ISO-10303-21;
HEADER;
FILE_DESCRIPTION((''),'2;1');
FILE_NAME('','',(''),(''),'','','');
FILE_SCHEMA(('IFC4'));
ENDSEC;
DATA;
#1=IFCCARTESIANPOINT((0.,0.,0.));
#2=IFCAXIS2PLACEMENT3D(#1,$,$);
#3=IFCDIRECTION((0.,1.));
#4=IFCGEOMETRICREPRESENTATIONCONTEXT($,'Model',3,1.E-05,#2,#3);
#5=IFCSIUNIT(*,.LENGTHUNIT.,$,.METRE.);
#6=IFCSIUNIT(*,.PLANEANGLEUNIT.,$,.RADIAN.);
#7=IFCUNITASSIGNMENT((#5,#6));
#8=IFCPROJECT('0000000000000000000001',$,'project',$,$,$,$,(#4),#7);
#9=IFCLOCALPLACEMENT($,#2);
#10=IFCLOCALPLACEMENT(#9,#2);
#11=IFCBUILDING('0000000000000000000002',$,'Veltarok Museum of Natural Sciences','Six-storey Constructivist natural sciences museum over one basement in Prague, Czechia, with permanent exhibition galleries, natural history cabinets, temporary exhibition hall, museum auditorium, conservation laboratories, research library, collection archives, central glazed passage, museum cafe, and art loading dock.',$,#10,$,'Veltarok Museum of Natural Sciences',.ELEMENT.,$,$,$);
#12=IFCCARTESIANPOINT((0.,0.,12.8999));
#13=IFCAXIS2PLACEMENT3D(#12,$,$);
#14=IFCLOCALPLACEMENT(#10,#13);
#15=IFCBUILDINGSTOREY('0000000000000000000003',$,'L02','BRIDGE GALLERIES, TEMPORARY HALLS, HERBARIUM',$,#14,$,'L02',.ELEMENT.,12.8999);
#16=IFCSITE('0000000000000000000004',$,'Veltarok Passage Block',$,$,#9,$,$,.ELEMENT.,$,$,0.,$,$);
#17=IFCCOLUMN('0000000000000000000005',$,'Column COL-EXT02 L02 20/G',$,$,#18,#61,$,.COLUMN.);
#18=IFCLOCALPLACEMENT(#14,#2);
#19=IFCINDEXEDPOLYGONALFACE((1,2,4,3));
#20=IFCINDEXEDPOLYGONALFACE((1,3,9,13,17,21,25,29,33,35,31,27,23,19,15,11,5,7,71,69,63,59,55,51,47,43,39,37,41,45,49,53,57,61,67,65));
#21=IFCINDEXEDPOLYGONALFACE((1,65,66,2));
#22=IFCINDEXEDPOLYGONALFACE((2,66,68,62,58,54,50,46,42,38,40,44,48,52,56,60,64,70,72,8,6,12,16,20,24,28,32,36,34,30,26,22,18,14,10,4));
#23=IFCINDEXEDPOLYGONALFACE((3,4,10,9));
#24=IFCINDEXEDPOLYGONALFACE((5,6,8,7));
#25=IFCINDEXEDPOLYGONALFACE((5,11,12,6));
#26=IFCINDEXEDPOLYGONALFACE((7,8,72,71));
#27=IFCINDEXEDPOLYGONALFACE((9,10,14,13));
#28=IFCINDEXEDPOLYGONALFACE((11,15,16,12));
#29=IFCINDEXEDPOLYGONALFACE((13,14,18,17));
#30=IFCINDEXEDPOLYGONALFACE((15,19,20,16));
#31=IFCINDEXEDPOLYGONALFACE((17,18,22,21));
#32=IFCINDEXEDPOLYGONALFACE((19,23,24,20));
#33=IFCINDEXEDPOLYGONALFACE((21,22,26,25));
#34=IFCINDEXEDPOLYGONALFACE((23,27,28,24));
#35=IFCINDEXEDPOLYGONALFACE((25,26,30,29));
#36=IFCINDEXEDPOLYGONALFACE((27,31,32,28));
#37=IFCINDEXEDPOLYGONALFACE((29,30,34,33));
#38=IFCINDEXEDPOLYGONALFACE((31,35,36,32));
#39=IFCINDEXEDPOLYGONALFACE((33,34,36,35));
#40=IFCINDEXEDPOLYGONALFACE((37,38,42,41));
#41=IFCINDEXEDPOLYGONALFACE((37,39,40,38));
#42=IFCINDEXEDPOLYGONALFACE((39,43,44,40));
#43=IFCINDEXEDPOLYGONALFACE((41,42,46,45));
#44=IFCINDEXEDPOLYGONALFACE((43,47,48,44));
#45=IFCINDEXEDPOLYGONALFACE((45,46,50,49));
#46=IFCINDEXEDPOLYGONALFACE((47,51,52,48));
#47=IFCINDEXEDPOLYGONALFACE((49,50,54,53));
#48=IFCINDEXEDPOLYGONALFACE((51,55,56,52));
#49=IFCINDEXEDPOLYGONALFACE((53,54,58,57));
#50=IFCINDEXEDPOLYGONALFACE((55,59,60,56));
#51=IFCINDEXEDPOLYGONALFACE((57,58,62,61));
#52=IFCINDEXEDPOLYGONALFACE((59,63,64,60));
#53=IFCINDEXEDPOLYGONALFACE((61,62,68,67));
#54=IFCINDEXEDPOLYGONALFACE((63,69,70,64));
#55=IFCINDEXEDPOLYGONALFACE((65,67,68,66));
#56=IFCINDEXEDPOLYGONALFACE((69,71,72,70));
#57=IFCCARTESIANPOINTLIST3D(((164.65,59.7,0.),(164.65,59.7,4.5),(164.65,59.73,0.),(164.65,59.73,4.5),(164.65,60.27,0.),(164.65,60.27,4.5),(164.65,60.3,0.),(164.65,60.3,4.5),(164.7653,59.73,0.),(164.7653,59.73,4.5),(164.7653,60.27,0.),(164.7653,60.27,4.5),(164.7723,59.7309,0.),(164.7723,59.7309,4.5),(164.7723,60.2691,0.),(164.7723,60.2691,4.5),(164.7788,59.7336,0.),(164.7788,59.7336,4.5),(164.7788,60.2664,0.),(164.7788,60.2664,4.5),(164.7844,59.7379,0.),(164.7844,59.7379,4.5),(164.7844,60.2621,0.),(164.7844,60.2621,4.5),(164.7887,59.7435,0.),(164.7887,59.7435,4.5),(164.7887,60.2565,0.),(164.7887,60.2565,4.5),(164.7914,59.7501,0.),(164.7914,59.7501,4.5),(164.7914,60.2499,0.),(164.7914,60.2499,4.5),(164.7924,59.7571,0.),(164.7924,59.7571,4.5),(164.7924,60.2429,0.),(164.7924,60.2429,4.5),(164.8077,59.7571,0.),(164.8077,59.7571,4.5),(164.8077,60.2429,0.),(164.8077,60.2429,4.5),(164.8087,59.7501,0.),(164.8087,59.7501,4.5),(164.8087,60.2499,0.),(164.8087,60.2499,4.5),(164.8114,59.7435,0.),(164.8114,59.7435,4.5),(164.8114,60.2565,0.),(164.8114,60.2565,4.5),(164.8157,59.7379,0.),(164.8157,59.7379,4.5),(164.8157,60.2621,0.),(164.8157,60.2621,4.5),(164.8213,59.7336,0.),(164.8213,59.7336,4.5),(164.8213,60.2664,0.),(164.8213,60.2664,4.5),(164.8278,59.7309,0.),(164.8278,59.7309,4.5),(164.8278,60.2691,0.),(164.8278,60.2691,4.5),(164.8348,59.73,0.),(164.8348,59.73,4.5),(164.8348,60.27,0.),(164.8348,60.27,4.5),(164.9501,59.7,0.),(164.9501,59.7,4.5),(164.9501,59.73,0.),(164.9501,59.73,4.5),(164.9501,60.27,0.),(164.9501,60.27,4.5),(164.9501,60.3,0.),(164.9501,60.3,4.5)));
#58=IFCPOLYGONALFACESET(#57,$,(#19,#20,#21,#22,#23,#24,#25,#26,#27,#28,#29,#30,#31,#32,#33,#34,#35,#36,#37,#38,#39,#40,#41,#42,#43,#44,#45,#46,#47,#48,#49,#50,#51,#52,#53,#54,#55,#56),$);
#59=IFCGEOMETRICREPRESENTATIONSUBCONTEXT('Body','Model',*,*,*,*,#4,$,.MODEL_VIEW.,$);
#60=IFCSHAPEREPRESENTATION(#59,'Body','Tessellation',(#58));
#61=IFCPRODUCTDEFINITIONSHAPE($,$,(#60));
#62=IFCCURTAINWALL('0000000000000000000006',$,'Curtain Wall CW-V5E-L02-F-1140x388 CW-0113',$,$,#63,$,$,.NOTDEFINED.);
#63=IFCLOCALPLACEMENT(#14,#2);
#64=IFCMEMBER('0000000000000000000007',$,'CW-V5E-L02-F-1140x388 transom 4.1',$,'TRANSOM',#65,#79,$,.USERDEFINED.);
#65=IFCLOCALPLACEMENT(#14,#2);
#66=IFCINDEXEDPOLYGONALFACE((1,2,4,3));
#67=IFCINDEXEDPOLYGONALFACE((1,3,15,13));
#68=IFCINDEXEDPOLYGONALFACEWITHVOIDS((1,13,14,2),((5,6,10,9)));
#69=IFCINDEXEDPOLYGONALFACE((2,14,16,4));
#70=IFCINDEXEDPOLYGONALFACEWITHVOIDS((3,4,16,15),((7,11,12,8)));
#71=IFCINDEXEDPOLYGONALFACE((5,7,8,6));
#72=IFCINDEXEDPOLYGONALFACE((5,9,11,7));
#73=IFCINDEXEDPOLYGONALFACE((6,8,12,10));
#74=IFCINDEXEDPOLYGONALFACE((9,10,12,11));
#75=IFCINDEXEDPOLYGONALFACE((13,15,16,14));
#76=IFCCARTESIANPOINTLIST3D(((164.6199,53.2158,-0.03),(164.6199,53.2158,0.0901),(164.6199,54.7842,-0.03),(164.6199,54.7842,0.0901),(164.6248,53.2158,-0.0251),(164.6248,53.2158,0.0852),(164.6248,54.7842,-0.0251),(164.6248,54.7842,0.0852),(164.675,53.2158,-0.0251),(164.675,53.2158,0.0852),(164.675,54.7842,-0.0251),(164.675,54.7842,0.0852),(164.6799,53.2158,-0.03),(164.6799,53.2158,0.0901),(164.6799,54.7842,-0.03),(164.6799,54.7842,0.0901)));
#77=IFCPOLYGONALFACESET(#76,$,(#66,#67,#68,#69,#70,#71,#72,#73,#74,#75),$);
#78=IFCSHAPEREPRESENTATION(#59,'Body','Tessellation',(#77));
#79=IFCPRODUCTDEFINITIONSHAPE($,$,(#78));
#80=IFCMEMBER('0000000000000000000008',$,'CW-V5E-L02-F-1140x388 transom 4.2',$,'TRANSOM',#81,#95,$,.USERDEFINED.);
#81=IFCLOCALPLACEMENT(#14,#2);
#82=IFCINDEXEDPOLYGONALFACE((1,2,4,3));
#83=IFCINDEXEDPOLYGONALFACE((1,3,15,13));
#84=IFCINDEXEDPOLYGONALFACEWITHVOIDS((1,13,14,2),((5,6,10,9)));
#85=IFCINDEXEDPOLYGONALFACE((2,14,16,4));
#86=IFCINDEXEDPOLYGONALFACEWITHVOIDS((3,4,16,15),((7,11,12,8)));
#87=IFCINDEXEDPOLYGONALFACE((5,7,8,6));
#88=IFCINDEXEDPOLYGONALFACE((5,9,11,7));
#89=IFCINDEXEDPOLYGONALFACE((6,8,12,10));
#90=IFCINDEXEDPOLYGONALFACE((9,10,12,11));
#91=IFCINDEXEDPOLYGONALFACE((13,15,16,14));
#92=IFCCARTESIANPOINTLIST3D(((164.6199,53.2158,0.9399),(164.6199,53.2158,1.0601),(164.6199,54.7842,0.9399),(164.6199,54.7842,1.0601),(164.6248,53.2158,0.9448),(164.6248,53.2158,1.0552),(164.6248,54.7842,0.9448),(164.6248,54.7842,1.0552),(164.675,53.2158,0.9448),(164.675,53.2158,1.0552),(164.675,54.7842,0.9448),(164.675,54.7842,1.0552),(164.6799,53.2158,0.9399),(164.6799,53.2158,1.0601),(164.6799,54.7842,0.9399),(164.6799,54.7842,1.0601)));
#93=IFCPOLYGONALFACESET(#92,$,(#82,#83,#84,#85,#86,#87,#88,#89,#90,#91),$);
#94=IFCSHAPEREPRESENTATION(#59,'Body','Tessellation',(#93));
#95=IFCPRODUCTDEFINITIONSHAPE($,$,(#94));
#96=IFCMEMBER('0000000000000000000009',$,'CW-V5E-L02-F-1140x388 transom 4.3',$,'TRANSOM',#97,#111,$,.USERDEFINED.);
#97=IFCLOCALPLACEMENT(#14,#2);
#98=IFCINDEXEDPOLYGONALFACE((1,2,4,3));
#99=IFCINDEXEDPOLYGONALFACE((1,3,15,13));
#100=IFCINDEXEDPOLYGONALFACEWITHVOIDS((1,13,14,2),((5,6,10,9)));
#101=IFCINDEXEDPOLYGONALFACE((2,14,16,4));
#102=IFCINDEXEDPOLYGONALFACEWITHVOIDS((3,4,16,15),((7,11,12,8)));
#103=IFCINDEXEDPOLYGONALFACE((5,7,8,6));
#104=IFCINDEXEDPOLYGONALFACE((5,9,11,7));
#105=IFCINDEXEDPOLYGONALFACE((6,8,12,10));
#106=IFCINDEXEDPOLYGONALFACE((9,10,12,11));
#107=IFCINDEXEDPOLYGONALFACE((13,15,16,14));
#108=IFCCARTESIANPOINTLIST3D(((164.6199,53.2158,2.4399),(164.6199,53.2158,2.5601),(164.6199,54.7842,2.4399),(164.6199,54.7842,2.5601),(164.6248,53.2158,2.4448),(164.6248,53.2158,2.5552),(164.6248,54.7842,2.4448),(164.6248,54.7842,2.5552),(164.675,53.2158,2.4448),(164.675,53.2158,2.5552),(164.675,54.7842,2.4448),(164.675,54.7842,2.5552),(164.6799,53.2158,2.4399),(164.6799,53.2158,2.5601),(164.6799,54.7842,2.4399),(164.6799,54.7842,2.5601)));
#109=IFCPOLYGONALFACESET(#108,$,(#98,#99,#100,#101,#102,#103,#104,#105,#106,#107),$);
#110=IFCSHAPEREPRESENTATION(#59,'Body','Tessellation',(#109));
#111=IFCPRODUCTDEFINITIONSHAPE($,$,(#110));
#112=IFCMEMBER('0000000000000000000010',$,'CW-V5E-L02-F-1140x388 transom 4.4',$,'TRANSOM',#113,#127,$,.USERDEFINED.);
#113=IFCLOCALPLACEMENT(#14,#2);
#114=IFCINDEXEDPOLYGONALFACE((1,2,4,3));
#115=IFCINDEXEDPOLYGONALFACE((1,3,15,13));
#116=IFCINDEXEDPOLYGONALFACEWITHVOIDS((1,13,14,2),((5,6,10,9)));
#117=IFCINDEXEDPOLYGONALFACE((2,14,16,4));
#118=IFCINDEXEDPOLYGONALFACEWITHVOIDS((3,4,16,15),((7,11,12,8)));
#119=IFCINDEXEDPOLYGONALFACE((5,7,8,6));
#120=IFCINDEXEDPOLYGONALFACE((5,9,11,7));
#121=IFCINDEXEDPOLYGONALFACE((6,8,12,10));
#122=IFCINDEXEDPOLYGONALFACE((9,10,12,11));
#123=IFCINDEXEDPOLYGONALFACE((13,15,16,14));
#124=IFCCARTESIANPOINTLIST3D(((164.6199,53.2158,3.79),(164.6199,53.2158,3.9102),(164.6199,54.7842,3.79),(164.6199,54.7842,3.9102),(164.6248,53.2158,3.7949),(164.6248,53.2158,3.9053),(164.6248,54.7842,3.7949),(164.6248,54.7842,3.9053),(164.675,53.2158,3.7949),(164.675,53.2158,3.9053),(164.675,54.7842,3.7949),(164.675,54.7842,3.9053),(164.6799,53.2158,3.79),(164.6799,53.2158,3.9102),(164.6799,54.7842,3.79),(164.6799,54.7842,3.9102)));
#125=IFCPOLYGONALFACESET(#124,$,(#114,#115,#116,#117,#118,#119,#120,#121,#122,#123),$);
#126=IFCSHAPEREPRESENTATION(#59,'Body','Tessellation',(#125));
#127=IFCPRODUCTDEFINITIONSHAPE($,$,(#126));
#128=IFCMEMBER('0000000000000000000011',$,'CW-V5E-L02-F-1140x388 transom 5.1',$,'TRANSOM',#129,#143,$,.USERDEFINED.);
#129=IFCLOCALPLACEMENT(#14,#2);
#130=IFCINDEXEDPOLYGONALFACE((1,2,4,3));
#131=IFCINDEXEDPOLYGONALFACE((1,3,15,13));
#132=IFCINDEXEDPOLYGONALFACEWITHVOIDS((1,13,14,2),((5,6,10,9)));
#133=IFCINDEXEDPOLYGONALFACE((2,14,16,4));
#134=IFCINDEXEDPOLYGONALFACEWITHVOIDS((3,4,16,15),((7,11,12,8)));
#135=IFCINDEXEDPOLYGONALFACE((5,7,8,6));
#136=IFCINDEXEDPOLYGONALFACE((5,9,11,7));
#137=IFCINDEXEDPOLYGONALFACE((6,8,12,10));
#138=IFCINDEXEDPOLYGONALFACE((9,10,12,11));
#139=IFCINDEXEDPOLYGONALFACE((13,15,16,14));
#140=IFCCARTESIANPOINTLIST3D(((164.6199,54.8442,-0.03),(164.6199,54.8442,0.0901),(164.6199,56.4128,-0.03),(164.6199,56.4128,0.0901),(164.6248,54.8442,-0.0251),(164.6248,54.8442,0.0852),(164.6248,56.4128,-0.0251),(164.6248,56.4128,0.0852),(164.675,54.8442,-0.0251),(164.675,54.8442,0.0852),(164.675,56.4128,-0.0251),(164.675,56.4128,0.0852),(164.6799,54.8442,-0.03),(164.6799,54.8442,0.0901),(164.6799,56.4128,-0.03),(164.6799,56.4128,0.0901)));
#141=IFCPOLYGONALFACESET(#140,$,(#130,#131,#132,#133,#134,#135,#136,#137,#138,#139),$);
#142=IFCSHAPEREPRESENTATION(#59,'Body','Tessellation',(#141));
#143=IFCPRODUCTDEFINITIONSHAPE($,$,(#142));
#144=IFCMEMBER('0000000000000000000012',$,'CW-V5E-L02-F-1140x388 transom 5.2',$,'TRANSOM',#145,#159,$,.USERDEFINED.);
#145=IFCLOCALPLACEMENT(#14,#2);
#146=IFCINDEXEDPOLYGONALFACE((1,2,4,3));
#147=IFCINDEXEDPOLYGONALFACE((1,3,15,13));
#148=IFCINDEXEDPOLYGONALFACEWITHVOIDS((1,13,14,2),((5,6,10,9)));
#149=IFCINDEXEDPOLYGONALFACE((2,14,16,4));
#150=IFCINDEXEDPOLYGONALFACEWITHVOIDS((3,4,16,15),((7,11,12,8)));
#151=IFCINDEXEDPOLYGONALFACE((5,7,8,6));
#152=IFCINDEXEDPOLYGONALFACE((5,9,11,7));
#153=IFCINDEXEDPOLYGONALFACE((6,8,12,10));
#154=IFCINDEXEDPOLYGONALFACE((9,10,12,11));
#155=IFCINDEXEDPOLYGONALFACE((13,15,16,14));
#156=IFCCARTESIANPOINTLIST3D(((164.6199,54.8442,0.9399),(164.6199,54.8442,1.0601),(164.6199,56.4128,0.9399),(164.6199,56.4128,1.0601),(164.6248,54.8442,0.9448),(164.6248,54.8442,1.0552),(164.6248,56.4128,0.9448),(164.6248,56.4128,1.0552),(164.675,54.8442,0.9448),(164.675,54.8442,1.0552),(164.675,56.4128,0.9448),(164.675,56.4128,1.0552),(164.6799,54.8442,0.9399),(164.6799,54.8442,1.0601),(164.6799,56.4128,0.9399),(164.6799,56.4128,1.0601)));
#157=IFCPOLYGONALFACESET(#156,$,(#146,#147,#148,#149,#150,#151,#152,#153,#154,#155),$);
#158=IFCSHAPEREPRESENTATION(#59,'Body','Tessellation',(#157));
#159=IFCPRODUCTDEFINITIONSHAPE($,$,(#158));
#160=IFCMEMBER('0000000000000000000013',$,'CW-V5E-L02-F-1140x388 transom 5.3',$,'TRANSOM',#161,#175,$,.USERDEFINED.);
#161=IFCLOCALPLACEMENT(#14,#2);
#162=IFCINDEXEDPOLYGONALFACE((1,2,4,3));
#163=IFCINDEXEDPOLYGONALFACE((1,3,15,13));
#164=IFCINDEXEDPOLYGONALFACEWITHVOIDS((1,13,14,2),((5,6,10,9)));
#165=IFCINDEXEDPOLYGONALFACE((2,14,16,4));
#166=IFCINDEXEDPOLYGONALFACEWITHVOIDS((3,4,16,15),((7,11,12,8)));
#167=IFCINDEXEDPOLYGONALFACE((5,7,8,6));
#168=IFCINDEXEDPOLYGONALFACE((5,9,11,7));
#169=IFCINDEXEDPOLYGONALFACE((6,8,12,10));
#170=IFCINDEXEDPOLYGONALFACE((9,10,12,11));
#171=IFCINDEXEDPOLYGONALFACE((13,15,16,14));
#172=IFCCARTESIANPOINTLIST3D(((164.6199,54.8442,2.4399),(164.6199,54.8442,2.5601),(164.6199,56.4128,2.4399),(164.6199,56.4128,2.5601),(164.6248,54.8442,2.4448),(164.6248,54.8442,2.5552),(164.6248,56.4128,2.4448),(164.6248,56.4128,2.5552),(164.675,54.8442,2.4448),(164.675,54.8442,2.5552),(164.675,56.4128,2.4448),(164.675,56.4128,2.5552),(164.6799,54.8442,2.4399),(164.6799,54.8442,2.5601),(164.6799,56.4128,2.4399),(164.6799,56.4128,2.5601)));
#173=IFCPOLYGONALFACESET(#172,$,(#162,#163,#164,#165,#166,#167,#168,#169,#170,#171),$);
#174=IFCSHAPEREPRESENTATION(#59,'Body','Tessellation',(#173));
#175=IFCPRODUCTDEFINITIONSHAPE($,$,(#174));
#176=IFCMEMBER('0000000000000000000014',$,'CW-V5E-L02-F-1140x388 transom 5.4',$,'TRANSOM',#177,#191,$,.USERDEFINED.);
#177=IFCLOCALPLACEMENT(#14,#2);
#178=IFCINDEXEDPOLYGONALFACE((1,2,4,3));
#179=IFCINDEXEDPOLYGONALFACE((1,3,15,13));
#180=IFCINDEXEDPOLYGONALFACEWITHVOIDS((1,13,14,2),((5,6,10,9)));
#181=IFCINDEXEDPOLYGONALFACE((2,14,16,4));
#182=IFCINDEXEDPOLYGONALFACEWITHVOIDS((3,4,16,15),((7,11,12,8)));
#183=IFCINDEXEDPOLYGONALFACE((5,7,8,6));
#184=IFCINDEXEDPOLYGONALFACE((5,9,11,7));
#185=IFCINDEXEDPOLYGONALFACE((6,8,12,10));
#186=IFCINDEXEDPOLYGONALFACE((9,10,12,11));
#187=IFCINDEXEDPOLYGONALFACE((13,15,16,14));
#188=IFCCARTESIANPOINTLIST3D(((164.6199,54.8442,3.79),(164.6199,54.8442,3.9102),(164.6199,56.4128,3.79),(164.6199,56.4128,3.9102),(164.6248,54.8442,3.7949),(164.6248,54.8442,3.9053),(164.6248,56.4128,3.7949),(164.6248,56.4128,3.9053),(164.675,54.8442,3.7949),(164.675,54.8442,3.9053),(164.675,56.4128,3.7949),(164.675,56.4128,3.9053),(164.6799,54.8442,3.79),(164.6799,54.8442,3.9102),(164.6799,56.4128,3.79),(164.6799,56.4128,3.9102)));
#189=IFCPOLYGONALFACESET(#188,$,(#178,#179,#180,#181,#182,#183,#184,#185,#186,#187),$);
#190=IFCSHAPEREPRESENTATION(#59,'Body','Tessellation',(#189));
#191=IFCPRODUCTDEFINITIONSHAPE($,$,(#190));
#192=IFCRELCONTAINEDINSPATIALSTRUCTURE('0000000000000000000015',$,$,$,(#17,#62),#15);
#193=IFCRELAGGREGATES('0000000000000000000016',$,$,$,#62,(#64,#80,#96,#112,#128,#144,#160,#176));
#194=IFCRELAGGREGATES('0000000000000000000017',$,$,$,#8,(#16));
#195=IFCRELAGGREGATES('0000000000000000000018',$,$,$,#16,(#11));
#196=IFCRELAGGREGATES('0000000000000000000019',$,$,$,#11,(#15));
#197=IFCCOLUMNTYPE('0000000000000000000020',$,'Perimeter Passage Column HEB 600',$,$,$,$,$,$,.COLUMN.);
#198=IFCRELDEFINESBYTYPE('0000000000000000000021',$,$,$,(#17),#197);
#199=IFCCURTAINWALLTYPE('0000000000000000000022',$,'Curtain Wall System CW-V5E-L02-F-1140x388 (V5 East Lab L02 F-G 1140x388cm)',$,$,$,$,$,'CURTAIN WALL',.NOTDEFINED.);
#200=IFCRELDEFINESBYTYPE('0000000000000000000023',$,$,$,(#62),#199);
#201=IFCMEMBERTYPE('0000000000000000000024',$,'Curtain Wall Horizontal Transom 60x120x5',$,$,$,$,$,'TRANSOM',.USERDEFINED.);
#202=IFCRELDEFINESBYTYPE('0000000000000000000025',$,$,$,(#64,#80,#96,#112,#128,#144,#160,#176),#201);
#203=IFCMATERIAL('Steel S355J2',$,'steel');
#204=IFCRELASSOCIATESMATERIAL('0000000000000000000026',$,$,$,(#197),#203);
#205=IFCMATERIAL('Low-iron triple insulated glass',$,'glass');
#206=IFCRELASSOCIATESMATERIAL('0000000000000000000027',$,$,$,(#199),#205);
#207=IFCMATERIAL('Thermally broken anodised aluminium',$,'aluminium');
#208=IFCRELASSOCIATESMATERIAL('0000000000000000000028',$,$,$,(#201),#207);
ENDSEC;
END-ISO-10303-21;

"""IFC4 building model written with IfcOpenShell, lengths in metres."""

from ifc_helpers import new_model, si_unit, direction, frame, origin, origin_2d, place, context, subcontext, project, spatial, hollow_rectangle, i_section, extrude, material, material_profile, profile_set, type_object, element, aggregate, save


model = new_model("IFC4")

# Units and contexts
model_context = context("Model", 3, precision=1e-05, world=origin(), true_north=direction((0.0, 1.0)))
body_context = subcontext(model_context, "Body", "Model", "MODEL_VIEW")
ifc_project = project(units=[si_unit("LENGTHUNIT", "METRE"), si_unit("PLANEANGLEUNIT", "RADIAN")], contexts=[model_context])

# Site, building, storey
site_placement = place(None, origin())
site = spatial("IfcSite", under=ifc_project, at=site_placement, Name="Veltarok Passage Block", CompositionType="ELEMENT", RefElevation=0.0)
building_placement = place(site_placement, origin())
building = spatial("IfcBuilding", under=site, at=building_placement, Name="Veltarok Museum of Natural Sciences", Description="Six-storey Constructivist natural sciences museum over one basement in Prague, Czechia, with permanent exhibition galleries, natural history cabinets, temporary exhibition hall, museum auditorium, conservation laboratories, research library, collection archives, central glazed passage, museum cafe, and art loading dock.", LongName="Veltarok Museum of Natural Sciences", CompositionType="ELEMENT")
storey_placement = place(building_placement, frame((0.0, 0.0, 12.8999)))
storey = spatial("IfcBuildingStorey", under=building, at=storey_placement, Name="L02", Description="BRIDGE GALLERIES, TEMPORARY HALLS, HERBARIUM", LongName="L02", CompositionType="ELEMENT", Elevation=12.8999)

# Column
ifc_material_1 = material(Name="Steel S355J2", Category="steel")
ifc_material_profile_1 = material_profile(ifc_material_1, i_section(OverallWidth=0.3, OverallDepth=0.6001, WebThickness=0.0154, FlangeThickness=0.03, FilletRadius=0.0271, at=origin_2d()), Name="HEB 600")
ifc_profile_set_1 = profile_set([ifc_material_profile_1], Name="Steel S355J2")
column_type = type_object("IfcColumnType", Name="Perimeter Passage Column HEB 600", PredefinedType="COLUMN", material=ifc_profile_set_1)
column_placement = place(storey_placement, frame((164.8, 60.0, 0.0), z_axis=(0.0, 0.0, 1.0), x_axis=(1.0, 0.0, 0.0)))
element("IfcColumn", 1, at=column_placement, inside=storey, type_object=column_type, Name="Column COL-EXT02 L02 20/G", PredefinedType="COLUMN", context=body_context, shape_type="SweptSolid", body=[
    extrude(i_section(OverallWidth=0.3, OverallDepth=0.6001, WebThickness=0.0154, FlangeThickness=0.03, FilletRadius=0.0271, at=origin_2d()), origin(), (0.0, 0.0, 1.0), 4.5),
])

# Curtain wall, members
ifc_material_2 = material(Name="Low-iron triple insulated glass", Category="glass")
curtain_wall_type_1 = type_object("IfcCurtainWallType", Name="Curtain Wall System CW-V5E-L02-F-1140x388 (V5 East Lab L02 F-G 1140x388cm)", ElementType="CURTAIN WALL", PredefinedType="NOTDEFINED", material=ifc_material_2)
curtain_wall_1_placement = place(storey_placement, origin())
curtain_wall_1 = element("IfcCurtainWall", 2, at=curtain_wall_1_placement, inside=storey, type_object=curtain_wall_type_1, Name="Curtain Wall CW-V5E-L02-F-1140x388 CW-0113", PredefinedType="NOTDEFINED")
ifc_material_3 = material(Name="Thermally broken anodised aluminium", Category="aluminium")
ifc_material_profile_2 = material_profile(ifc_material_3, hollow_rectangle(XDim=0.0601, YDim=0.1201, WallThickness=0.0049, at=origin_2d()), Name="CW TRANSOM 60x120x5")
ifc_profile_set_2 = profile_set([ifc_material_profile_2], Name="Thermally broken anodised aluminium")
member_type_1 = type_object("IfcMemberType", Name="Curtain Wall Horizontal Transom 60x120x5", ElementType="TRANSOM", PredefinedType="USERDEFINED", material=ifc_profile_set_2)
member_1_placement = place(storey_placement, frame((164.6499, 53.2158, 0.03), z_axis=(0.0, 1.0, 0.0), x_axis=(-1.0, 0.0, 0.0)))
member_1 = element("IfcMember", 3, at=member_1_placement, type_object=member_type_1, Name="CW-V5E-L02-F-1140x388 transom 4.1", ObjectType="TRANSOM", PredefinedType="USERDEFINED", context=body_context, shape_type="SweptSolid", body=[
    extrude(hollow_rectangle(XDim=0.0601, YDim=0.1201, WallThickness=0.0049, at=origin_2d()), origin(), (0.0, 0.0, 1.0), 1.5684),
])
member_2_placement = place(storey_placement, frame((164.6499, 53.2158, 1.0), z_axis=(0.0, 1.0, 0.0), x_axis=(-1.0, 0.0, 0.0)))
member_2 = element("IfcMember", 4, at=member_2_placement, type_object=member_type_1, Name="CW-V5E-L02-F-1140x388 transom 4.2", ObjectType="TRANSOM", PredefinedType="USERDEFINED", context=body_context, shape_type="SweptSolid", body=[
    extrude(hollow_rectangle(XDim=0.0601, YDim=0.1201, WallThickness=0.0049, at=origin_2d()), origin(), (0.0, 0.0, 1.0), 1.5684),
])
member_3_placement = place(storey_placement, frame((164.6499, 53.2158, 2.5), z_axis=(0.0, 1.0, 0.0), x_axis=(-1.0, 0.0, 0.0)))
member_3 = element("IfcMember", 5, at=member_3_placement, type_object=member_type_1, Name="CW-V5E-L02-F-1140x388 transom 4.3", ObjectType="TRANSOM", PredefinedType="USERDEFINED", context=body_context, shape_type="SweptSolid", body=[
    extrude(hollow_rectangle(XDim=0.0601, YDim=0.1201, WallThickness=0.0049, at=origin_2d()), origin(), (0.0, 0.0, 1.0), 1.5684),
])
member_4_placement = place(storey_placement, frame((164.6499, 53.2158, 3.8501), z_axis=(0.0, 1.0, 0.0), x_axis=(-1.0, 0.0, 0.0)))
member_4 = element("IfcMember", 6, at=member_4_placement, type_object=member_type_1, Name="CW-V5E-L02-F-1140x388 transom 4.4", ObjectType="TRANSOM", PredefinedType="USERDEFINED", context=body_context, shape_type="SweptSolid", body=[
    extrude(hollow_rectangle(XDim=0.0601, YDim=0.1201, WallThickness=0.0049, at=origin_2d()), origin(), (0.0, 0.0, 1.0), 1.5684),
])
member_5_placement = place(storey_placement, frame((164.6499, 54.8442, 0.03), z_axis=(0.0, 1.0, 0.0), x_axis=(-1.0, 0.0, 0.0)))
member_5 = element("IfcMember", 7, at=member_5_placement, type_object=member_type_1, Name="CW-V5E-L02-F-1140x388 transom 5.1", ObjectType="TRANSOM", PredefinedType="USERDEFINED", context=body_context, shape_type="SweptSolid", body=[
    extrude(hollow_rectangle(XDim=0.0601, YDim=0.1201, WallThickness=0.0049, at=origin_2d()), origin(), (0.0, 0.0, 1.0), 1.5686),
])
member_6_placement = place(storey_placement, frame((164.6499, 54.8442, 1.0), z_axis=(0.0, 1.0, 0.0), x_axis=(-1.0, 0.0, 0.0)))
member_6 = element("IfcMember", 8, at=member_6_placement, type_object=member_type_1, Name="CW-V5E-L02-F-1140x388 transom 5.2", ObjectType="TRANSOM", PredefinedType="USERDEFINED", context=body_context, shape_type="SweptSolid", body=[
    extrude(hollow_rectangle(XDim=0.0601, YDim=0.1201, WallThickness=0.0049, at=origin_2d()), origin(), (0.0, 0.0, 1.0), 1.5686),
])
member_7_placement = place(storey_placement, frame((164.6499, 54.8442, 2.5), z_axis=(0.0, 1.0, 0.0), x_axis=(-1.0, 0.0, 0.0)))
member_7 = element("IfcMember", 9, at=member_7_placement, type_object=member_type_1, Name="CW-V5E-L02-F-1140x388 transom 5.3", ObjectType="TRANSOM", PredefinedType="USERDEFINED", context=body_context, shape_type="SweptSolid", body=[
    extrude(hollow_rectangle(XDim=0.0601, YDim=0.1201, WallThickness=0.0049, at=origin_2d()), origin(), (0.0, 0.0, 1.0), 1.5686),
])
member_8_placement = place(storey_placement, frame((164.6499, 54.8442, 3.8501), z_axis=(0.0, 1.0, 0.0), x_axis=(-1.0, 0.0, 0.0)))
member_8 = element("IfcMember", 10, at=member_8_placement, type_object=member_type_1, Name="CW-V5E-L02-F-1140x388 transom 5.4", ObjectType="TRANSOM", PredefinedType="USERDEFINED", context=body_context, shape_type="SweptSolid", body=[
    extrude(hollow_rectangle(XDim=0.0601, YDim=0.1201, WallThickness=0.0049, at=origin_2d()), origin(), (0.0, 0.0, 1.0), 1.5686),
])

aggregate(curtain_wall_1, [member_1, member_2, member_3, member_4, member_5, member_6, member_7, member_8])

save(model, "model.ifc")
